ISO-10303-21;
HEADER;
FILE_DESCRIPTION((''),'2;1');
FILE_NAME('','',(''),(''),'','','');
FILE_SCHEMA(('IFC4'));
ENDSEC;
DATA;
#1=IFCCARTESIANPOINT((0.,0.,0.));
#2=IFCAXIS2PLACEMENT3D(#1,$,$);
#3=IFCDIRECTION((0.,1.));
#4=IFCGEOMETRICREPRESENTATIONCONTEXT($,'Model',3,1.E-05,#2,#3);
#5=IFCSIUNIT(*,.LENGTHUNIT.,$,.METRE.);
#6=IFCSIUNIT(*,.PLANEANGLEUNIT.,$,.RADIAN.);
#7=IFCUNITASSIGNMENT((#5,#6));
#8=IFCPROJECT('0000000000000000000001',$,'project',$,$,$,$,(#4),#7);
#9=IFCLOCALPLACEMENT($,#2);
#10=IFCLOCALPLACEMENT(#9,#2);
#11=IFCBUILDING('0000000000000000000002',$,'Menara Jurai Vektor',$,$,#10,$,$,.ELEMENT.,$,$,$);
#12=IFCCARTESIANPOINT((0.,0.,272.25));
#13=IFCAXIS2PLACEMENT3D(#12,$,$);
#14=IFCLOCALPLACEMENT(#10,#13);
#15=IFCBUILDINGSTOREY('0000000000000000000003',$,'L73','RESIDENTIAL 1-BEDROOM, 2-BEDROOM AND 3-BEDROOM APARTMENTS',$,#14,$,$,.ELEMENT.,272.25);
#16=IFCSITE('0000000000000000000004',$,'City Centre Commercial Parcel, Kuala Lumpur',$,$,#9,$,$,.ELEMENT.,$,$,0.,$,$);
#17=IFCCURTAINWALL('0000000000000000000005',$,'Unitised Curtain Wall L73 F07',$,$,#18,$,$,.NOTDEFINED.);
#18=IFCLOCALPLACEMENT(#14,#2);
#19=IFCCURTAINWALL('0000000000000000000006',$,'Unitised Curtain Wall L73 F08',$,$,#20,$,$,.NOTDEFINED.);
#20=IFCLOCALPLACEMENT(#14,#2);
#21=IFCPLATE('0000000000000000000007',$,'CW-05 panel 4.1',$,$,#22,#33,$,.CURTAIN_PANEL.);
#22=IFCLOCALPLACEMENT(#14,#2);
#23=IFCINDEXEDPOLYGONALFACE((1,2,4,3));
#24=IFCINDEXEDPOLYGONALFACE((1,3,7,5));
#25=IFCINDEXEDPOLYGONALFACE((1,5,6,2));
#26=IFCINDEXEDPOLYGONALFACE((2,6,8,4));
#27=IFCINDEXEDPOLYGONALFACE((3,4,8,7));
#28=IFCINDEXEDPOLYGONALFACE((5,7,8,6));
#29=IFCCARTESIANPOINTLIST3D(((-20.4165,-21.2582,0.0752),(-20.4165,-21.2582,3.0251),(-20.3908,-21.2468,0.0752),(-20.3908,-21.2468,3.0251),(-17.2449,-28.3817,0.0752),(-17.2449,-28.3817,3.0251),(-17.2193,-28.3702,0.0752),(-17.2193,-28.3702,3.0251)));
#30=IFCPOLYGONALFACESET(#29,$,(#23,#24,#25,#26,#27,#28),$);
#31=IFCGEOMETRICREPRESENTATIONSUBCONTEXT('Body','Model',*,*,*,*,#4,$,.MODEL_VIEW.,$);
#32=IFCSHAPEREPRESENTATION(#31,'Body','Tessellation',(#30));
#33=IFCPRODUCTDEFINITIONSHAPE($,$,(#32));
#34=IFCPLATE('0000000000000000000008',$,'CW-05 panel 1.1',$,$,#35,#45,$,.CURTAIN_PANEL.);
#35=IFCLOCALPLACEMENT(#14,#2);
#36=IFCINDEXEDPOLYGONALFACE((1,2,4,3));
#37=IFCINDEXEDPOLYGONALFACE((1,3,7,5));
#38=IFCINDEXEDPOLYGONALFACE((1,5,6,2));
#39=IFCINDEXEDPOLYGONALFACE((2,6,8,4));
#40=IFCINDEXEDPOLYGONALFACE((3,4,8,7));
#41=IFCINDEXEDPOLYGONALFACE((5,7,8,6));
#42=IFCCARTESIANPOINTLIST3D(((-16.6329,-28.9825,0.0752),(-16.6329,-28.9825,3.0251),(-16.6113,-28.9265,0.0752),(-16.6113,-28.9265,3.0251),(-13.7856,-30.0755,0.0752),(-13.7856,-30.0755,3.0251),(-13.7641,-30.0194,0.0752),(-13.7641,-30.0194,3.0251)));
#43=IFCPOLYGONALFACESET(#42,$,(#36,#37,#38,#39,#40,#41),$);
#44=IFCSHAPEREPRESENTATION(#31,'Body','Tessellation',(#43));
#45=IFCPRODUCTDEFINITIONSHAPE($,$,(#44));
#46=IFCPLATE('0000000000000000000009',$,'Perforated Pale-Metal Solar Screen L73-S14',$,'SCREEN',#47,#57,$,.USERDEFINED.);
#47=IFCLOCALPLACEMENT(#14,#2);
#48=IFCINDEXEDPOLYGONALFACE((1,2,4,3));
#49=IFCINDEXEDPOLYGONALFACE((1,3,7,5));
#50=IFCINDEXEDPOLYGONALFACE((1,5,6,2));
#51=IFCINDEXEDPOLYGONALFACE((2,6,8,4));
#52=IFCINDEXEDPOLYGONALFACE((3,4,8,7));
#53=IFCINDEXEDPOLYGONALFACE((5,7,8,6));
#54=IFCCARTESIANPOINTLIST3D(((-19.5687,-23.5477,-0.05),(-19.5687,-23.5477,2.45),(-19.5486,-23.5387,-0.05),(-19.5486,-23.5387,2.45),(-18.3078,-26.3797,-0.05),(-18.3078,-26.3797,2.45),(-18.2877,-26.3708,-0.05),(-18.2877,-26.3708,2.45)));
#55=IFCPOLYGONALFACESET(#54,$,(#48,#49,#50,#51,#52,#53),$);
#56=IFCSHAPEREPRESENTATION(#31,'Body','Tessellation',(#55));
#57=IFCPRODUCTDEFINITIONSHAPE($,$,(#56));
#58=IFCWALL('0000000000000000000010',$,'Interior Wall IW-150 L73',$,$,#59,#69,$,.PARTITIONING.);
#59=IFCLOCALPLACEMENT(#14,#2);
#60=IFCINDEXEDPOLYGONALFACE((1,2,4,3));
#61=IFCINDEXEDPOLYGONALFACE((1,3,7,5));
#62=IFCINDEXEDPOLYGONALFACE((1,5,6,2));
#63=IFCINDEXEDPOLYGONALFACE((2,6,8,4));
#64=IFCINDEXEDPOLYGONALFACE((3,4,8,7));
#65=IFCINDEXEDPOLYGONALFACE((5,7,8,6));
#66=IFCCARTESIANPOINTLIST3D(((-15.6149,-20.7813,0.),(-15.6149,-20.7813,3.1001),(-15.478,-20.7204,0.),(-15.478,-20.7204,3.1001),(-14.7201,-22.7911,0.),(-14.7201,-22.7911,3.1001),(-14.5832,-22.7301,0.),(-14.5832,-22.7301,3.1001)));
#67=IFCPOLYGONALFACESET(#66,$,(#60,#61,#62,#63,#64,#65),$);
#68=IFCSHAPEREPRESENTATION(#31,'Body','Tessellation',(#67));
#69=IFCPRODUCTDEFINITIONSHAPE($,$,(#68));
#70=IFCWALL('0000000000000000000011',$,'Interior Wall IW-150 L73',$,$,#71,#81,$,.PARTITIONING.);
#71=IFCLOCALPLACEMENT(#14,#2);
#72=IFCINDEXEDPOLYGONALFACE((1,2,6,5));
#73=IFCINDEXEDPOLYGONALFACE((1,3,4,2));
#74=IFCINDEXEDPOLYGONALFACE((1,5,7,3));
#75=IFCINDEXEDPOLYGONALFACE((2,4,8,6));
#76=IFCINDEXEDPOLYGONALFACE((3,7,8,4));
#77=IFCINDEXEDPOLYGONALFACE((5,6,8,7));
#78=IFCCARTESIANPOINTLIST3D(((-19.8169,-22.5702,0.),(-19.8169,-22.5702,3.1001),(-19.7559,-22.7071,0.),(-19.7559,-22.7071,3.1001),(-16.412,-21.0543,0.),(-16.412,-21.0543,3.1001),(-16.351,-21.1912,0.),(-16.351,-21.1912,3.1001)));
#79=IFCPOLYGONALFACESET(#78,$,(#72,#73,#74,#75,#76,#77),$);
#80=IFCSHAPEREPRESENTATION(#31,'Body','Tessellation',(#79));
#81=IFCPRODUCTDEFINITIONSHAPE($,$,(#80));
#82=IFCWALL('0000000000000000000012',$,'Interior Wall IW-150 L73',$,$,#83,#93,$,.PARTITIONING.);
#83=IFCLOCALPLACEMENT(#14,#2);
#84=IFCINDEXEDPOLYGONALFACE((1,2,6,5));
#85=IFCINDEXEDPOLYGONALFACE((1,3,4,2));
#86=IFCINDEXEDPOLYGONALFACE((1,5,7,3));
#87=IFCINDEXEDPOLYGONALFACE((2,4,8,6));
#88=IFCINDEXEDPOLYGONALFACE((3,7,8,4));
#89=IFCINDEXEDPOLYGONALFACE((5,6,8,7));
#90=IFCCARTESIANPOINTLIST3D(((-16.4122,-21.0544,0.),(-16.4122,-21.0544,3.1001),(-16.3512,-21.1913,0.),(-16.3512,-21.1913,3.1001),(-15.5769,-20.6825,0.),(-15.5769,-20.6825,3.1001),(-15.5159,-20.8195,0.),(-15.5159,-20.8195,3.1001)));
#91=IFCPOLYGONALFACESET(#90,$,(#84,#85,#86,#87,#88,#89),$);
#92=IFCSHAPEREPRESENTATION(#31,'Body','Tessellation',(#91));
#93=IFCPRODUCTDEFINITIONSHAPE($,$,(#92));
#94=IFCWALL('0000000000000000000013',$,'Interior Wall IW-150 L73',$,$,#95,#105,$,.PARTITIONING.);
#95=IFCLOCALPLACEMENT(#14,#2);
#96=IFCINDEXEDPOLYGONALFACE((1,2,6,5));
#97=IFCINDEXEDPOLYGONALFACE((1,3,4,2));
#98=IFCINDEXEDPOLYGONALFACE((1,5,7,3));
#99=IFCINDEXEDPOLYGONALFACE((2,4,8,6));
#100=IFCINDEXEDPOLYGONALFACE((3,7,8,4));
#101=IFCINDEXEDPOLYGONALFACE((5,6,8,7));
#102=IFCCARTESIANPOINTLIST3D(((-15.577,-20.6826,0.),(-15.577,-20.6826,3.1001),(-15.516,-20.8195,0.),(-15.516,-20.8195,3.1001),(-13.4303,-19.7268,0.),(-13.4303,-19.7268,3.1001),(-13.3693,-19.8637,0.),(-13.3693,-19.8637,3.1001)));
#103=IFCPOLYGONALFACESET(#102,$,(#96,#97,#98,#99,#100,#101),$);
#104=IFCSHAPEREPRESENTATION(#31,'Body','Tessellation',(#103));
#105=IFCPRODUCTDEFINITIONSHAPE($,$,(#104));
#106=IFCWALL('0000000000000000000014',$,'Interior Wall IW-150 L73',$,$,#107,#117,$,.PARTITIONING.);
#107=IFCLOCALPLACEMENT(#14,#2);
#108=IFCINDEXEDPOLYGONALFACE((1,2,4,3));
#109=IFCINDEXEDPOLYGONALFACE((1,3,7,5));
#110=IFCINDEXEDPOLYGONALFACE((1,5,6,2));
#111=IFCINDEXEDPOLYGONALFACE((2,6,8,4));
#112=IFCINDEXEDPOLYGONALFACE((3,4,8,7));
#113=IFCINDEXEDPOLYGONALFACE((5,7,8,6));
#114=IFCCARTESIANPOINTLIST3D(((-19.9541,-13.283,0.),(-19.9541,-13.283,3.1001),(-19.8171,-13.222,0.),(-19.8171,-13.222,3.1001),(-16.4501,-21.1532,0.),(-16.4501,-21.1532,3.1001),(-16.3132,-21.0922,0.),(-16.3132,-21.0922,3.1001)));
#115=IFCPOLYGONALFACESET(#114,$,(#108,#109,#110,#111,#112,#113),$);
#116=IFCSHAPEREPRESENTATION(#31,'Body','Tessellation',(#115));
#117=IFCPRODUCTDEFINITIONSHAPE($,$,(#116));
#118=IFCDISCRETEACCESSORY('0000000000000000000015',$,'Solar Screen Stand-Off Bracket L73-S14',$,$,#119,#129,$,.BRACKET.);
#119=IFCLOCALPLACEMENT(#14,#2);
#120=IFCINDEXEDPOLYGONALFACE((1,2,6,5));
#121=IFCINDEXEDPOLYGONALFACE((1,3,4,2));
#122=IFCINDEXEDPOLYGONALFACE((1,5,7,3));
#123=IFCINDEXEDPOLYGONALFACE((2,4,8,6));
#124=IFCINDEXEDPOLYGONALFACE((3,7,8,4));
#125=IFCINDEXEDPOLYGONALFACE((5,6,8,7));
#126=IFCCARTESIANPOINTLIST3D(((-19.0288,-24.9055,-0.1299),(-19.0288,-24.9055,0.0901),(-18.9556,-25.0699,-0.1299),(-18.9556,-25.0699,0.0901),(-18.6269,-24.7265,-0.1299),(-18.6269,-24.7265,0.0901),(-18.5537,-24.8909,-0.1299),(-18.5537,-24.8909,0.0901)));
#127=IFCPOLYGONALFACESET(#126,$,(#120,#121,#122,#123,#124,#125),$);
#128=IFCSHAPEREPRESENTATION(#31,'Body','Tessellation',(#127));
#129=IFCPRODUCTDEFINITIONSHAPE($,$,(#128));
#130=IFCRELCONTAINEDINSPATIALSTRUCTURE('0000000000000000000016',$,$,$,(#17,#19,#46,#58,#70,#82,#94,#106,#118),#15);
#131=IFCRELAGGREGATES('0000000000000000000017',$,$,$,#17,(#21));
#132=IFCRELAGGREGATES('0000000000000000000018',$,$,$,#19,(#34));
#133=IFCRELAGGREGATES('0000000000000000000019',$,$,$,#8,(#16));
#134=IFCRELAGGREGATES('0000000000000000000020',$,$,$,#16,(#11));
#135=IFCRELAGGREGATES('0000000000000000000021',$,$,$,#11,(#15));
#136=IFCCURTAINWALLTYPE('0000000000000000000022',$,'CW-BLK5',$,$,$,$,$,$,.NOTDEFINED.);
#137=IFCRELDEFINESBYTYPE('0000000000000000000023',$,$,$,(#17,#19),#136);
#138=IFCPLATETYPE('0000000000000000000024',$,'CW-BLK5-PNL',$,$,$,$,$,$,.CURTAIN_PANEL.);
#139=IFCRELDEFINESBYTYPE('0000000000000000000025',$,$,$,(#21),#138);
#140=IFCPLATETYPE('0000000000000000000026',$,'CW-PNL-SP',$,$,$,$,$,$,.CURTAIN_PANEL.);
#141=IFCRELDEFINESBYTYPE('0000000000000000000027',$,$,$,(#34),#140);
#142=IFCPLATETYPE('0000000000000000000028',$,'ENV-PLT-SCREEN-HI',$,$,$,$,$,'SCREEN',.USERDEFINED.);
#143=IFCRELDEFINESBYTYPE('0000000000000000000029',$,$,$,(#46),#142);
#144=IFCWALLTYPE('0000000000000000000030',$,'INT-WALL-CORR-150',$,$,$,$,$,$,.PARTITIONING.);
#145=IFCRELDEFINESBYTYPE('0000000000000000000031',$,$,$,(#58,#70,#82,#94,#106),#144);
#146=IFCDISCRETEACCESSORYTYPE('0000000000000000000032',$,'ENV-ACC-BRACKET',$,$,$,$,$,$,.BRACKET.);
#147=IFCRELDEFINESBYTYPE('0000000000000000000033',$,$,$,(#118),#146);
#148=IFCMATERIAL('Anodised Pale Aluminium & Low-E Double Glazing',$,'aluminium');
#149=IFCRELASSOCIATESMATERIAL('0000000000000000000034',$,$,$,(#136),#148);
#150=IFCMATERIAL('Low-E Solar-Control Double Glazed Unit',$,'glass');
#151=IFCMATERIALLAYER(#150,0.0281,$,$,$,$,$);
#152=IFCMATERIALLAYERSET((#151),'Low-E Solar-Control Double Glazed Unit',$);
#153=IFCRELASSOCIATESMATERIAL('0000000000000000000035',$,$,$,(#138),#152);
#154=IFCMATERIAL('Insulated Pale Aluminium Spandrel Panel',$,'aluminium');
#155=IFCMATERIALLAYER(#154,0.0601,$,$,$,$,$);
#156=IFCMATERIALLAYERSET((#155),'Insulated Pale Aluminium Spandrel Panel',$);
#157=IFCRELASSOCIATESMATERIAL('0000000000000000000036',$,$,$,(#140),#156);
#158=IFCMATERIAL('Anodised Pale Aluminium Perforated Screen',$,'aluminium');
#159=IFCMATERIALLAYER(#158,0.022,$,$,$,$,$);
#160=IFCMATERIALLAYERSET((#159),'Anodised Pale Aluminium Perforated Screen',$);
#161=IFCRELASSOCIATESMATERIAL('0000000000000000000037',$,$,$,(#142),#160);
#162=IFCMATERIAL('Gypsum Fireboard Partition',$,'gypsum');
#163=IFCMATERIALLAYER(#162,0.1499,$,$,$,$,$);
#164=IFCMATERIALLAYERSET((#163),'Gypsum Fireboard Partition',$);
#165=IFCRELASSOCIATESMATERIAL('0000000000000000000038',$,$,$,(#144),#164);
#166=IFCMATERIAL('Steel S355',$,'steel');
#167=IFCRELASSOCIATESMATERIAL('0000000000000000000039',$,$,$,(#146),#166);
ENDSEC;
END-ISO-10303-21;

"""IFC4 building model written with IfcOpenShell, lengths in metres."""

from ifc_helpers import new_model, si_unit, direction, frame, frame_2d, origin, origin_2d, place, context, subcontext, project, spatial, rectangle, extrude, material, layer, layer_set, type_object, element, aggregate, save


model = new_model("IFC4")

# Units and contexts
model_context = context("Model", 3, precision=1e-05, world=origin(), true_north=direction((0.0, 1.0)))
body_context = subcontext(model_context, "Body", "Model", "MODEL_VIEW")
ifc_project = project(units=[si_unit("LENGTHUNIT", "METRE"), si_unit("PLANEANGLEUNIT", "RADIAN")], contexts=[model_context])

# Site, building, storey
site_placement = place(None, origin())
site = spatial("IfcSite", under=ifc_project, at=site_placement, Name="City Centre Commercial Parcel, Kuala Lumpur", CompositionType="ELEMENT", RefElevation=0.0)
building_placement = place(site_placement, origin())
building = spatial("IfcBuilding", under=site, at=building_placement, Name="Menara Jurai Vektor", CompositionType="ELEMENT")
storey_placement = place(building_placement, frame((0.0, 0.0, 272.25)))
storey = spatial("IfcBuildingStorey", under=building, at=storey_placement, Name="L73", Description="RESIDENTIAL 1-BEDROOM, 2-BEDROOM AND 3-BEDROOM APARTMENTS", CompositionType="ELEMENT", Elevation=272.25)

# Curtain wall
ifc_material_1 = material(Name="Anodised Pale Aluminium & Low-E Double Glazing", Category="aluminium")
curtain_wall_type = type_object("IfcCurtainWallType", Name="CW-BLK5", PredefinedType="NOTDEFINED", material=ifc_material_1)
curtain_wall_1_placement = place(storey_placement, origin())
curtain_wall_1 = element("IfcCurtainWall", 1, at=curtain_wall_1_placement, inside=storey, type_object=curtain_wall_type, Name="Unitised Curtain Wall L73 F07", PredefinedType="NOTDEFINED")

# Curtain wall
curtain_wall_2_placement = place(storey_placement, origin())
curtain_wall_2 = element("IfcCurtainWall", 2, at=curtain_wall_2_placement, inside=storey, type_object=curtain_wall_type, Name="Unitised Curtain Wall L73 F08", PredefinedType="NOTDEFINED")

# Shared definitions
ifc_material_2 = material(Name="Steel S355", Category="steel")

# Plates
ifc_material_3 = material(Name="Low-E Solar-Control Double Glazed Unit", Category="glass")
ifc_layer_1 = layer(ifc_material_3, 0.0281)
ifc_layer_set_1 = layer_set([ifc_layer_1], Name="Low-E Solar-Control Double Glazed Unit")
plate_type_1 = type_object("IfcPlateType", Name="CW-BLK5-PNL", PredefinedType="CURTAIN_PANEL", material=ifc_layer_set_1)
plate_1_placement = place(storey_placement, frame((-18.8179, -24.8142, 0.0752), z_axis=(0.0, 0.0, 1.0), x_axis=(0.406735, -0.913546, 0.0)))
plate_1 = element("IfcPlate", 3, at=plate_1_placement, type_object=plate_type_1, Name="CW-05 panel 4.1", PredefinedType="CURTAIN_PANEL", context=body_context, shape_type="SweptSolid", body=[
    extrude(rectangle(XDim=7.7976, YDim=0.0281, at=origin_2d()), origin(), (0.0, 0.0, 1.0), 2.95),
])
aggregate(curtain_wall_1, [plate_1])
ifc_material_4 = material(Name="Insulated Pale Aluminium Spandrel Panel", Category="aluminium")
ifc_layer_2 = layer(ifc_material_4, 0.0601)
ifc_layer_set_2 = layer_set([ifc_layer_2], Name="Insulated Pale Aluminium Spandrel Panel")
plate_type_2 = type_object("IfcPlateType", Name="CW-PNL-SP", PredefinedType="CURTAIN_PANEL", material=ifc_layer_set_2)
plate_2_placement = place(storey_placement, frame((-15.1985, -29.501, 0.0752), z_axis=(0.0, 0.0, 1.0), x_axis=(0.933578, -0.358374, 0.0)))
plate_2 = element("IfcPlate", 4, at=plate_2_placement, type_object=plate_type_2, Name="CW-05 panel 1.1", PredefinedType="CURTAIN_PANEL", context=body_context, shape_type="SweptSolid", body=[
    extrude(rectangle(XDim=3.0498, YDim=0.0601, at=origin_2d()), origin(), (0.0, 0.0, 1.0), 2.95),
])
aggregate(curtain_wall_2, [plate_2])
ifc_material_5 = material(Name="Anodised Pale Aluminium Perforated Screen", Category="aluminium")
ifc_layer_3 = layer(ifc_material_5, 0.022)
ifc_layer_set_3 = layer_set([ifc_layer_3], Name="Anodised Pale Aluminium Perforated Screen")
plate_type_3 = type_object("IfcPlateType", Name="ENV-PLT-SCREEN-HI", ElementType="SCREEN", PredefinedType="USERDEFINED", material=ifc_layer_set_3)
plate_3_placement = place(storey_placement, frame((-18.9282, -24.9592, -0.05), z_axis=(0.0, 0.0, 1.0), x_axis=(0.406737, -0.913545, 0.0)))
element("IfcPlate", 5, at=plate_3_placement, inside=storey, type_object=plate_type_3, Name="Perforated Pale-Metal Solar Screen L73-S14", ObjectType="SCREEN", PredefinedType="USERDEFINED", context=body_context, shape_type="SweptSolid", body=[
    extrude(rectangle(XDim=3.1001, YDim=0.022, at=origin_2d()), origin(), (0.0, 0.0, 1.0), 2.5),
])

# Walls
ifc_material_6 = material(Name="Gypsum Fireboard Partition", Category="gypsum")
ifc_layer_4 = layer(ifc_material_6, 0.1499)
ifc_layer_set_4 = layer_set([ifc_layer_4], Name="Gypsum Fireboard Partition")
wall_type = type_object("IfcWallType", Name="INT-WALL-CORR-150", PredefinedType="PARTITIONING", material=ifc_layer_set_4)
wall_1_placement = place(storey_placement, frame((-14.6516, -22.7607, 0.0), z_axis=(0.0, 0.0, 1.0), x_axis=(-0.406725, 0.913551, 0.0)))
element("IfcWall", 6, at=wall_1_placement, inside=storey, type_object=wall_type, Name="Interior Wall IW-150 L73", PredefinedType="PARTITIONING", context=body_context, shape_type="SweptSolid", body=[
    extrude(rectangle(XDim=2.2, YDim=0.1499, at=frame_2d((1.1001, 0.0))), origin(), (0.0, 0.0, 1.0), 3.1001),
])
wall_2_placement = place(storey_placement, frame((-19.7864, -22.6387, 0.0), z_axis=(0.0, 0.0, 1.0), x_axis=(0.913549, 0.406728, 0.0)))
element("IfcWall", 7, at=wall_2_placement, inside=storey, type_object=wall_type, Name="Interior Wall IW-150 L73", PredefinedType="PARTITIONING", context=body_context, shape_type="SweptSolid", body=[
    extrude(rectangle(XDim=3.7271, YDim=0.1499, at=frame_2d((1.8635, 0.0))), origin(), (0.0, 0.0, 1.0), 3.1001),
])
wall_3_placement = place(storey_placement, frame((-16.3816, -21.1228, 0.0), z_axis=(0.0, 0.0, 1.0), x_axis=(0.913558, 0.406708, 0.0)))
element("IfcWall", 8, at=wall_3_placement, inside=storey, type_object=wall_type, Name="Interior Wall IW-150 L73", PredefinedType="PARTITIONING", context=body_context, shape_type="SweptSolid", body=[
    extrude(rectangle(XDim=0.9143, YDim=0.1499, at=frame_2d((0.457, 0.0))), origin(), (0.0, 0.0, 1.0), 3.1001),
])
wall_4_placement = place(storey_placement, frame((-15.5464, -20.751, 0.0), z_axis=(0.0, 0.0, 1.0), x_axis=(0.913541, 0.406746, 0.0)))
element("IfcWall", 9, at=wall_4_placement, inside=storey, type_object=wall_type, Name="Interior Wall IW-150 L73", PredefinedType="PARTITIONING", context=body_context, shape_type="SweptSolid", body=[
    extrude(rectangle(XDim=2.3499, YDim=0.1499, at=frame_2d((1.1748, 0.0))), origin(), (0.0, 0.0, 1.0), 3.1001),
])
wall_5_placement = place(storey_placement, frame((-16.3816, -21.1228, 0.0), z_axis=(0.0, 0.0, 1.0), x_axis=(-0.406727, 0.91355, 0.0)))
element("IfcWall", 10, at=wall_5_placement, inside=storey, type_object=wall_type, Name="Interior Wall IW-150 L73", PredefinedType="PARTITIONING", context=body_context, shape_type="SweptSolid", body=[
    extrude(rectangle(XDim=8.615, YDim=0.1499, at=frame_2d((4.3076, 0.0))), origin(), (0.0, 0.0, 1.0), 3.1001),
])

# Discrete accessory
discrete_accessory_type = type_object("IfcDiscreteAccessoryType", Name="ENV-ACC-BRACKET", PredefinedType="BRACKET", material=ifc_material_2)
discrete_accessory_placement = place(storey_placement, frame((-18.7913, -24.8982, -0.1299), z_axis=(0.0, 0.0, 1.0), x_axis=(0.406737, -0.913545, 0.0)))
element("IfcDiscreteAccessory", 11, at=discrete_accessory_placement, inside=storey, type_object=discrete_accessory_type, Name="Solar Screen Stand-Off Bracket L73-S14", PredefinedType="BRACKET", context=body_context, shape_type="SweptSolid", body=[
    extrude(rectangle(XDim=0.1799, YDim=0.4399, at=origin_2d()), origin(), (0.0, 0.0, 1.0), 0.22),
])

save(model, "model.ifc")
